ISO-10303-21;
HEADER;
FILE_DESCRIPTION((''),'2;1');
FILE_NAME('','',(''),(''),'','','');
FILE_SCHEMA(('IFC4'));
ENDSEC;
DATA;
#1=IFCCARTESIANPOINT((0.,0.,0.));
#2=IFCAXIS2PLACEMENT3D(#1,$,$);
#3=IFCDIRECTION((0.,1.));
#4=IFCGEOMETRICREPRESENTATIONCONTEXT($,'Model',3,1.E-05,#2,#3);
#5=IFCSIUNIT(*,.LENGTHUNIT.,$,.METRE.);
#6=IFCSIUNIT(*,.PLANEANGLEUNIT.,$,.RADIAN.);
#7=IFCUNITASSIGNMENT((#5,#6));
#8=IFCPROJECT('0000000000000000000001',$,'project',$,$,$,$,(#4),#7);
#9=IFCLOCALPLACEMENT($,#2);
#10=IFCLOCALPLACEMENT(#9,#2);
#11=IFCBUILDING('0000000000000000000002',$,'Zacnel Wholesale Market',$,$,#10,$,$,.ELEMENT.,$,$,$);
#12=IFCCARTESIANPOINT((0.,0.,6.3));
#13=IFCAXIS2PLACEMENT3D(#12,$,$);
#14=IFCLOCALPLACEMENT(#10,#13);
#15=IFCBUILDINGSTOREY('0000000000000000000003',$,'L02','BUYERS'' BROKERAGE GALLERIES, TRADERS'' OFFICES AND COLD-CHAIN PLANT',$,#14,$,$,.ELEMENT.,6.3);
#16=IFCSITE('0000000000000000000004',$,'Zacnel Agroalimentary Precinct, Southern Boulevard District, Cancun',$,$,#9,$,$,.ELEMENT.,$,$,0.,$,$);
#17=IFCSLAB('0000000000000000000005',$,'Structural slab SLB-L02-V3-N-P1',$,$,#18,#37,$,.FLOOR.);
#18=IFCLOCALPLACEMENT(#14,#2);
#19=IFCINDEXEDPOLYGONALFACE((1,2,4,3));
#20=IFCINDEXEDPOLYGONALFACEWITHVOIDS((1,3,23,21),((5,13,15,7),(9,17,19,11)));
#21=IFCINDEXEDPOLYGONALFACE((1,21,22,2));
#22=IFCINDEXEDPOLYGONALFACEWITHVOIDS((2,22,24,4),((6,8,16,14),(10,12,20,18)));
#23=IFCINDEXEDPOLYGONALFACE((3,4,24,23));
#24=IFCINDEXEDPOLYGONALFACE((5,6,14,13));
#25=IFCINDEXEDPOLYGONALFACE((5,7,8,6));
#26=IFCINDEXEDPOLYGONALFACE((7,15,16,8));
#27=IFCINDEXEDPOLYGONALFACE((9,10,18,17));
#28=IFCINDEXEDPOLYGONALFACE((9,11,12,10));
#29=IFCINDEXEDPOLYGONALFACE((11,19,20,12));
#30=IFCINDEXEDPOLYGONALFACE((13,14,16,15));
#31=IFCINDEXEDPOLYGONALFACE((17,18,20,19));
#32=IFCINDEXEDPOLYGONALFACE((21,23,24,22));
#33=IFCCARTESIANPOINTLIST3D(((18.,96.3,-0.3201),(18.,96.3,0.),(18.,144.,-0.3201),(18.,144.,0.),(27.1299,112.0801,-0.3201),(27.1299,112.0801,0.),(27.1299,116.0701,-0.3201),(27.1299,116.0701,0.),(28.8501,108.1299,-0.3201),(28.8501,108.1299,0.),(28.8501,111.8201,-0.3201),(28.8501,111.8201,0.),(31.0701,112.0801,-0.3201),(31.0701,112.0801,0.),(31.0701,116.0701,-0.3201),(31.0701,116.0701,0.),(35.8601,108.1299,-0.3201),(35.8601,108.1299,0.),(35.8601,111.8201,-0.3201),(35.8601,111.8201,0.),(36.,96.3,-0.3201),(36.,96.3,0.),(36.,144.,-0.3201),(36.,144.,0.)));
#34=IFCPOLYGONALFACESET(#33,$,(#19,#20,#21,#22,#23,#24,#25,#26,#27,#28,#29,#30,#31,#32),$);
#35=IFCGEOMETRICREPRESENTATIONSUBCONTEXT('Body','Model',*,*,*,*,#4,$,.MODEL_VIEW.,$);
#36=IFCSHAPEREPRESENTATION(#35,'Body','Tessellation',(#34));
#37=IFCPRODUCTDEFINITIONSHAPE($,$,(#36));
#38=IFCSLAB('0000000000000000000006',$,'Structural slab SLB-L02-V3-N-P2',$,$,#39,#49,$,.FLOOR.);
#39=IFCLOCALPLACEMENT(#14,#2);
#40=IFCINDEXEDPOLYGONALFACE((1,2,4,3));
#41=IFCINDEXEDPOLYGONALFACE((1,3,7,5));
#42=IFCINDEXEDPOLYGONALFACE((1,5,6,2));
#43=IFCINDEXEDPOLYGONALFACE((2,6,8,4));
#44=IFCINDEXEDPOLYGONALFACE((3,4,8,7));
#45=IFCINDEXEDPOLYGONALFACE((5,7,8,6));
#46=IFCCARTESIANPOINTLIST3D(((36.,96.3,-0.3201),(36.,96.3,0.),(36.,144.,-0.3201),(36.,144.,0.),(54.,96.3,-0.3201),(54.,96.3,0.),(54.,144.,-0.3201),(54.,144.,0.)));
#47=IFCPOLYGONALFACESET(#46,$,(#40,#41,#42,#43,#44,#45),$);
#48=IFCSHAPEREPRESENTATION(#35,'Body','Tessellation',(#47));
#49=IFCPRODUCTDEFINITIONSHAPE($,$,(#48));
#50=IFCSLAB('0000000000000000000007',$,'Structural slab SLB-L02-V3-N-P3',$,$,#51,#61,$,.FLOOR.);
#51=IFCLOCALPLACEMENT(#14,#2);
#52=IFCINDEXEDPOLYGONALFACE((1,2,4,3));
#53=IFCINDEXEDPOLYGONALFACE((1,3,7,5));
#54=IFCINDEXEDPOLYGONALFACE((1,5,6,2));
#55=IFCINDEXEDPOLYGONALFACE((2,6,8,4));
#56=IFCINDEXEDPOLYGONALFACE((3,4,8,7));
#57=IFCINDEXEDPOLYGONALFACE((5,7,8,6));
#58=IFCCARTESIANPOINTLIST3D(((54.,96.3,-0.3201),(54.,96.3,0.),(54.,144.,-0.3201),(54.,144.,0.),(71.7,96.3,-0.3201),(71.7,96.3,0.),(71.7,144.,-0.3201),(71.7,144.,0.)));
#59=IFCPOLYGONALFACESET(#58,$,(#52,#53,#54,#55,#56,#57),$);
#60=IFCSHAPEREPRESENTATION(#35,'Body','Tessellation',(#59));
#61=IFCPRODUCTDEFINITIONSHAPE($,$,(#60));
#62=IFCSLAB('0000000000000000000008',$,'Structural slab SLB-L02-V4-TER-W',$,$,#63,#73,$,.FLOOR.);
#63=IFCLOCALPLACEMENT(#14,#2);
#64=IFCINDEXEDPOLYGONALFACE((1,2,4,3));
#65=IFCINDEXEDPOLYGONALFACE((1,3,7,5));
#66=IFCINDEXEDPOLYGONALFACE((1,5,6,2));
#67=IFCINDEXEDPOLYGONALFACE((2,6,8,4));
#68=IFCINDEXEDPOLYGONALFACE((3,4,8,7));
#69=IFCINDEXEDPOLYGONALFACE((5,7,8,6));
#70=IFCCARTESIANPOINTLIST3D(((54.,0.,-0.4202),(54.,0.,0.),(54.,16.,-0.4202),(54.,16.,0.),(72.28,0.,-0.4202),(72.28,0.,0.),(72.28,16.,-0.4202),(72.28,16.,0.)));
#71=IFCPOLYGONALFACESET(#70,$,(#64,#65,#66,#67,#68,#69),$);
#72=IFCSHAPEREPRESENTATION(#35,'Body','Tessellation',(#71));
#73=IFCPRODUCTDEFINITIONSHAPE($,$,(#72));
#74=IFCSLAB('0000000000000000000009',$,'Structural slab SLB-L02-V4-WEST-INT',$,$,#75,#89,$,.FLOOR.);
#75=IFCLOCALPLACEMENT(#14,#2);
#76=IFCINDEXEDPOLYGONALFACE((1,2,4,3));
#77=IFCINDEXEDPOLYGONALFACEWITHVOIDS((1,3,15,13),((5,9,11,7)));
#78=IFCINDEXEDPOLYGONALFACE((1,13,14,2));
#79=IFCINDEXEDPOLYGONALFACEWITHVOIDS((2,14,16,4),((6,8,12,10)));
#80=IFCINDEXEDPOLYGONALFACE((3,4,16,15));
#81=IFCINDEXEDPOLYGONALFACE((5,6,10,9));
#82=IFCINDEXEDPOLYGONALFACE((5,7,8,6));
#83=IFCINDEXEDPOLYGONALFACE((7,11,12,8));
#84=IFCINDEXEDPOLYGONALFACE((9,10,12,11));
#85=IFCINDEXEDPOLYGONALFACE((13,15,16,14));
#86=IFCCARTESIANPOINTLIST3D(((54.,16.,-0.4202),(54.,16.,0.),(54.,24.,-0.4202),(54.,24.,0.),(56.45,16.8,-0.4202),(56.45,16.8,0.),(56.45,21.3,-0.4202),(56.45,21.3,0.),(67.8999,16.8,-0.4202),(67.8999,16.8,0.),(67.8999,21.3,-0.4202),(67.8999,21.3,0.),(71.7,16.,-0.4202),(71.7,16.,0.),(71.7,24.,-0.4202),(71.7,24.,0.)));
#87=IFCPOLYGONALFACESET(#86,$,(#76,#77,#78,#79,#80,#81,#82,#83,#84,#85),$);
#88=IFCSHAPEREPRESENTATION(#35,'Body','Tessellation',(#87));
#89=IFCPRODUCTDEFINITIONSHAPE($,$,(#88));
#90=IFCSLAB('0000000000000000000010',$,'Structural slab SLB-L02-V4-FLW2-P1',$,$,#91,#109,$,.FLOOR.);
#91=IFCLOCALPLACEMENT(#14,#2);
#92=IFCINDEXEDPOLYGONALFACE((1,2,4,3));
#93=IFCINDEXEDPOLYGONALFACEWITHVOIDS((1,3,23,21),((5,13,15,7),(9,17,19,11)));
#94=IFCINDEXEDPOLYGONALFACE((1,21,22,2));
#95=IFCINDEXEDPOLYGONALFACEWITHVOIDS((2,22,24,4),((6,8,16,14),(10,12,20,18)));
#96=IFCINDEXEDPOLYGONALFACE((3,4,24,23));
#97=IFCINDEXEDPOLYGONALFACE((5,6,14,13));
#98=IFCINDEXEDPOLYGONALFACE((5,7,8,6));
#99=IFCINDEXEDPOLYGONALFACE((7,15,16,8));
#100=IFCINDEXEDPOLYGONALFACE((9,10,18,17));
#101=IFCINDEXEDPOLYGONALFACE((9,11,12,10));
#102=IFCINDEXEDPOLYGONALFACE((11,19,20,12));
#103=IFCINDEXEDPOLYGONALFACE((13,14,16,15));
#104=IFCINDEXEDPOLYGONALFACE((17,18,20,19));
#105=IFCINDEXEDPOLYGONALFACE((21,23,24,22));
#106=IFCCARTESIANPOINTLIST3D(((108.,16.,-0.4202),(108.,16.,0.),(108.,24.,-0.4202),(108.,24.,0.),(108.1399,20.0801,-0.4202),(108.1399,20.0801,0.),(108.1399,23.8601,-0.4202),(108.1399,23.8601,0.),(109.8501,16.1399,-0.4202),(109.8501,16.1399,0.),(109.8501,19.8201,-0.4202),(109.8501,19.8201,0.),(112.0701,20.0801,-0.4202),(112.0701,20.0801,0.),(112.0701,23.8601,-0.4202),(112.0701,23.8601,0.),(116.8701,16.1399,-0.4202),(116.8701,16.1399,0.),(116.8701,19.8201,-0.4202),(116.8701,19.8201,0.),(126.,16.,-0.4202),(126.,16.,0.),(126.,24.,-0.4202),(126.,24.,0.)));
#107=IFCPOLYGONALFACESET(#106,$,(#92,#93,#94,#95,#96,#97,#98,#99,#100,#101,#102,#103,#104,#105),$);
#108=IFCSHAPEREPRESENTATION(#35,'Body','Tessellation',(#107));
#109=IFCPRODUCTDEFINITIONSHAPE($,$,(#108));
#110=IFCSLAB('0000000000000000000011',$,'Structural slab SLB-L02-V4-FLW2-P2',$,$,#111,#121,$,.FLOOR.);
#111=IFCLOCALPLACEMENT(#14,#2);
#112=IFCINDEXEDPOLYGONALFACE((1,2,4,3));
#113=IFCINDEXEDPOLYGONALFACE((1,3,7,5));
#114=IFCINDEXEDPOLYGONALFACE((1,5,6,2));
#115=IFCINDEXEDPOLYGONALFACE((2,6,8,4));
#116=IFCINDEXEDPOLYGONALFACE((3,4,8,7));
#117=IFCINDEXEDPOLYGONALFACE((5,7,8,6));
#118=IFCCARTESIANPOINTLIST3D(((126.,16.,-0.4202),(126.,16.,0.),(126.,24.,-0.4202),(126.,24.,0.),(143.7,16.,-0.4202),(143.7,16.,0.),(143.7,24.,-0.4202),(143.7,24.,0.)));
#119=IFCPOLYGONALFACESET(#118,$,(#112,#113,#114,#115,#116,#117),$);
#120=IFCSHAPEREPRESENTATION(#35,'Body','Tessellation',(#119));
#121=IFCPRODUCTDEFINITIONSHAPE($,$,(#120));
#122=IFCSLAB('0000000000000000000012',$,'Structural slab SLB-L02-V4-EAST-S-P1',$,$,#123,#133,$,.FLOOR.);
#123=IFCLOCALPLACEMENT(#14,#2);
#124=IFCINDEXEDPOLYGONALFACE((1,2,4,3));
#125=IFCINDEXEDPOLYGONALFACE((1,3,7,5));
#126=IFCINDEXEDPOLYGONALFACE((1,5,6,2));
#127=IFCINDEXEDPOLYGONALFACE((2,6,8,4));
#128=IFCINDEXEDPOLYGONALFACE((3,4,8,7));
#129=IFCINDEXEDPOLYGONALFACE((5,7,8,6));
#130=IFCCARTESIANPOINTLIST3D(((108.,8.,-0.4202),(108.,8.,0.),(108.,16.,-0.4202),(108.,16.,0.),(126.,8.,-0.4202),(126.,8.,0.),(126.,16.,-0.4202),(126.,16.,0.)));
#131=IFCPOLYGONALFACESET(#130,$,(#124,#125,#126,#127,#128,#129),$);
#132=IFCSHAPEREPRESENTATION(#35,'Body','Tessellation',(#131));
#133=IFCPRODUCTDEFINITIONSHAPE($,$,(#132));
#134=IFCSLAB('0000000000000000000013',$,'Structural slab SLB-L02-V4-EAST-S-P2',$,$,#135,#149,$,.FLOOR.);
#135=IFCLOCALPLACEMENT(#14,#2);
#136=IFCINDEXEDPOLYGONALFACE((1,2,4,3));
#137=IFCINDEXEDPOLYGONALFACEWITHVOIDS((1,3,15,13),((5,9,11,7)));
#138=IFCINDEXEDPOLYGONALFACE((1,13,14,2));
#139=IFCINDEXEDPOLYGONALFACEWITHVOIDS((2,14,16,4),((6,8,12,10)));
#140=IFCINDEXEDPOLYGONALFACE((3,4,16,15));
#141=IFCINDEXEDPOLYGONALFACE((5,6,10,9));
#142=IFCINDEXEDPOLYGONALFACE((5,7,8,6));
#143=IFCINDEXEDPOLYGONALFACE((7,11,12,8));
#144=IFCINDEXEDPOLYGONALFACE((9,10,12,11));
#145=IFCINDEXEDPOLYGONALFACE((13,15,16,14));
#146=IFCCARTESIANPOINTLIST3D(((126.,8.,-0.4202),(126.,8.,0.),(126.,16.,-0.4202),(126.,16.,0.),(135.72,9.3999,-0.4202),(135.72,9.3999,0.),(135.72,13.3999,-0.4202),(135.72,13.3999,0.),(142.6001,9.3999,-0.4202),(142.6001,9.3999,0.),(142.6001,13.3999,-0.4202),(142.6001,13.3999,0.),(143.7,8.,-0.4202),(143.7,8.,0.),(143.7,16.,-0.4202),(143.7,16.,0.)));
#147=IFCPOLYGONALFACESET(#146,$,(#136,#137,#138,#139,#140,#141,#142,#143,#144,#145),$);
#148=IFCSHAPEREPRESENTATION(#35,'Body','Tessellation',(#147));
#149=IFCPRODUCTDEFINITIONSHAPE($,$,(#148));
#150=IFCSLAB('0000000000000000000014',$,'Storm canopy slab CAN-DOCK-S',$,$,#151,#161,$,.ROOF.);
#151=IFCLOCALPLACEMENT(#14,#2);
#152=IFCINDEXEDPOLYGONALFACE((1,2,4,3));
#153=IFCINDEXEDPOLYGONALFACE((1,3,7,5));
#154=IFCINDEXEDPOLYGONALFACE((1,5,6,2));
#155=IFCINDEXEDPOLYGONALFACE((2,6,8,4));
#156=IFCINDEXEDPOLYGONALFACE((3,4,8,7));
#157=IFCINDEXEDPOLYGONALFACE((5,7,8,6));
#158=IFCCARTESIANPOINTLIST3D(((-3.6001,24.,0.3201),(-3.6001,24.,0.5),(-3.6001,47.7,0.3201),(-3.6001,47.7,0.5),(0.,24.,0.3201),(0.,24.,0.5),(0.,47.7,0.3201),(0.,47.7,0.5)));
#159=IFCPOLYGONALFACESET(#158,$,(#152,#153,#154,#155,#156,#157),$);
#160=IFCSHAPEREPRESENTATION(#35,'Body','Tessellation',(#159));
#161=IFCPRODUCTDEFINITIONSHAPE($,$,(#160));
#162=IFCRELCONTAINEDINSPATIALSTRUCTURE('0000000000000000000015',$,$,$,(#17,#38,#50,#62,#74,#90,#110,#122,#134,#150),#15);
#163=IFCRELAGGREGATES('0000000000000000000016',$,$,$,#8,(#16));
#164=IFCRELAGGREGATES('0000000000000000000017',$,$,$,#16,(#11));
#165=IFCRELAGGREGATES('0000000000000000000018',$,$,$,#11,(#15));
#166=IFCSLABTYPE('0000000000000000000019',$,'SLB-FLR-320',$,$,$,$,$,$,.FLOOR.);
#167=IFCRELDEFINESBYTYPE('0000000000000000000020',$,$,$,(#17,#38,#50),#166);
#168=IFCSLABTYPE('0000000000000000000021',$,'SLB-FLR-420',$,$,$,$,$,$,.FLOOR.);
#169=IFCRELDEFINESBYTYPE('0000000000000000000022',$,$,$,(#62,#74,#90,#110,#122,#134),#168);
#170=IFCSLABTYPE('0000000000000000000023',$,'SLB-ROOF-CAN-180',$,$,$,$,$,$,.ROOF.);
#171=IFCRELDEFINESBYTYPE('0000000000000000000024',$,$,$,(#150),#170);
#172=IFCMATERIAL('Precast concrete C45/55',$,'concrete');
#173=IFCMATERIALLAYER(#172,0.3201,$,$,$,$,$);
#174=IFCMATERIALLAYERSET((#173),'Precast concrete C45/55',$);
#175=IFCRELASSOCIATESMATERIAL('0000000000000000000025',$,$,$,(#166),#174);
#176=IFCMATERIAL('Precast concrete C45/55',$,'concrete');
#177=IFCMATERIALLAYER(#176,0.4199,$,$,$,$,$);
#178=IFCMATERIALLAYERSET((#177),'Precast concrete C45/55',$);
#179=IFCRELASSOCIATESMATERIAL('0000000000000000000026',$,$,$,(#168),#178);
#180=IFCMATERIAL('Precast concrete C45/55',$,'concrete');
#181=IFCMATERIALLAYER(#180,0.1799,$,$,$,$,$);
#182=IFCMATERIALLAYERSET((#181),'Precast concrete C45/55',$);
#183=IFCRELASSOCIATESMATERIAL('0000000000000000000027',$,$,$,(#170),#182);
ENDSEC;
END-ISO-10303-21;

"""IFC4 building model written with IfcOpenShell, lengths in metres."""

from ifc_helpers import new_model, si_unit, direction, frame, origin, place, context, subcontext, project, spatial, polyline, outline, extrude, material, layer, layer_set, type_object, element, save


model = new_model("IFC4")

# Units and contexts
model_context = context("Model", 3, precision=1e-05, world=origin(), true_north=direction((0.0, 1.0)))
body_context = subcontext(model_context, "Body", "Model", "MODEL_VIEW")
ifc_project = project(units=[si_unit("LENGTHUNIT", "METRE"), si_unit("PLANEANGLEUNIT", "RADIAN")], contexts=[model_context])

# Site, building, storey
site_placement = place(None, origin())
site = spatial("IfcSite", under=ifc_project, at=site_placement, Name="Zacnel Agroalimentary Precinct, Southern Boulevard District, Cancun", CompositionType="ELEMENT", RefElevation=0.0)
building_placement = place(site_placement, origin())
building = spatial("IfcBuilding", under=site, at=building_placement, Name="Zacnel Wholesale Market", CompositionType="ELEMENT")
storey_placement = place(building_placement, frame((0.0, 0.0, 6.3)))
storey = spatial("IfcBuildingStorey", under=building, at=storey_placement, Name="L02", Description="BUYERS' BROKERAGE GALLERIES, TRADERS' OFFICES AND COLD-CHAIN PLANT", CompositionType="ELEMENT", Elevation=6.3)

# Slabs
ifc_material_1 = material(Name="Precast concrete C45/55", Category="concrete")
ifc_layer_1 = layer(ifc_material_1, 0.3201)
ifc_layer_set_1 = layer_set([ifc_layer_1], Name="Precast concrete C45/55")
slab_type_1 = type_object("IfcSlabType", Name="SLB-FLR-320", PredefinedType="FLOOR", material=ifc_layer_set_1)
slab_1_placement = place(storey_placement, frame((0.0, 0.0, -0.3201)))
element("IfcSlab", 1, at=slab_1_placement, inside=storey, type_object=slab_type_1, Name="Structural slab SLB-L02-V3-N-P1", PredefinedType="FLOOR", context=body_context, shape_type="SweptSolid", body=[
    extrude(outline(polyline([(36.0, 144.0), (36.0, 96.3), (18.0, 96.3), (18.0, 144.0), (36.0, 144.0)]), holes=[polyline([(28.8501, 108.1299), (35.8601, 108.1299), (35.8601, 111.8201), (28.8501, 111.8201), (28.8501, 108.1299)]), polyline([(27.1299, 112.0801), (31.0701, 112.0801), (31.0701, 116.0701), (27.1299, 116.0701), (27.1299, 112.0801)])]), origin(), (0.0, 0.0, 1.0), 0.3201),
])
slab_2_placement = place(storey_placement, frame((0.0, 0.0, -0.3201)))
element("IfcSlab", 2, at=slab_2_placement, inside=storey, type_object=slab_type_1, Name="Structural slab SLB-L02-V3-N-P2", PredefinedType="FLOOR", context=body_context, shape_type="SweptSolid", body=[
    extrude(outline(polyline([(54.0, 144.0), (54.0, 96.3), (36.0, 96.3), (36.0, 144.0), (54.0, 144.0)])), origin(), (0.0, 0.0, 1.0), 0.3201),
])
slab_3_placement = place(storey_placement, frame((0.0, 0.0, -0.3201)))
element("IfcSlab", 3, at=slab_3_placement, inside=storey, type_object=slab_type_1, Name="Structural slab SLB-L02-V3-N-P3", PredefinedType="FLOOR", context=body_context, shape_type="SweptSolid", body=[
    extrude(outline(polyline([(71.7, 96.3), (54.0, 96.3), (54.0, 144.0), (71.7, 144.0), (71.7, 96.3)])), origin(), (0.0, 0.0, 1.0), 0.3201),
])
ifc_material_2 = material(Name="Precast concrete C45/55", Category="concrete")
ifc_layer_2 = layer(ifc_material_2, 0.4199)
ifc_layer_set_2 = layer_set([ifc_layer_2], Name="Precast concrete C45/55")
slab_type_2 = type_object("IfcSlabType", Name="SLB-FLR-420", PredefinedType="FLOOR", material=ifc_layer_set_2)
slab_4_placement = place(storey_placement, frame((0.0, 0.0, -0.4202)))
element("IfcSlab", 4, at=slab_4_placement, inside=storey, type_object=slab_type_2, Name="Structural slab SLB-L02-V4-TER-W", PredefinedType="FLOOR", context=body_context, shape_type="SweptSolid", body=[
    extrude(outline(polyline([(72.28, 0.0), (72.28, 16.0), (54.0, 16.0), (54.0, 0.0), (72.28, 0.0)])), origin(), (0.0, 0.0, 1.0), 0.4202),
])
slab_5_placement = place(storey_placement, frame((0.0, 0.0, -0.4202)))
element("IfcSlab", 5, at=slab_5_placement, inside=storey, type_object=slab_type_2, Name="Structural slab SLB-L02-V4-WEST-INT", PredefinedType="FLOOR", context=body_context, shape_type="SweptSolid", body=[
    extrude(outline(polyline([(71.7, 16.0), (71.7, 24.0), (54.0, 24.0), (54.0, 16.0), (71.7, 16.0)]), holes=[polyline([(56.45, 16.8), (67.8999, 16.8), (67.8999, 21.3), (56.45, 21.3), (56.45, 16.8)])]), origin(), (0.0, 0.0, 1.0), 0.4202),
])
slab_6_placement = place(storey_placement, frame((0.0, 0.0, -0.4202)))
element("IfcSlab", 6, at=slab_6_placement, inside=storey, type_object=slab_type_2, Name="Structural slab SLB-L02-V4-FLW2-P1", PredefinedType="FLOOR", context=body_context, shape_type="SweptSolid", body=[
    extrude(outline(polyline([(126.0, 24.0), (126.0, 16.0), (108.0, 16.0), (108.0, 24.0), (126.0, 24.0)]), holes=[polyline([(109.8501, 16.1399), (116.8701, 16.1399), (116.8701, 19.8201), (109.8501, 19.8201), (109.8501, 16.1399)]), polyline([(108.1399, 20.0801), (112.0701, 20.0801), (112.0701, 23.8601), (108.1399, 23.8601), (108.1399, 20.0801)])]), origin(), (0.0, 0.0, 1.0), 0.4202),
])
slab_7_placement = place(storey_placement, frame((0.0, 0.0, -0.4202)))
element("IfcSlab", 7, at=slab_7_placement, inside=storey, type_object=slab_type_2, Name="Structural slab SLB-L02-V4-FLW2-P2", PredefinedType="FLOOR", context=body_context, shape_type="SweptSolid", body=[
    extrude(outline(polyline([(143.7, 16.0), (126.0, 16.0), (126.0, 24.0), (143.7, 24.0), (143.7, 16.0)])), origin(), (0.0, 0.0, 1.0), 0.4202),
])
slab_8_placement = place(storey_placement, frame((0.0, 0.0, -0.4202)))
element("IfcSlab", 8, at=slab_8_placement, inside=storey, type_object=slab_type_2, Name="Structural slab SLB-L02-V4-EAST-S-P1", PredefinedType="FLOOR", context=body_context, shape_type="SweptSolid", body=[
    extrude(outline(polyline([(126.0, 16.0), (126.0, 8.0), (108.0, 8.0), (108.0, 16.0), (126.0, 16.0)])), origin(), (0.0, 0.0, 1.0), 0.4202),
])
slab_9_placement = place(storey_placement, frame((0.0, 0.0, -0.4202)))
element("IfcSlab", 9, at=slab_9_placement, inside=storey, type_object=slab_type_2, Name="Structural slab SLB-L02-V4-EAST-S-P2", PredefinedType="FLOOR", context=body_context, shape_type="SweptSolid", body=[
    extrude(outline(polyline([(143.7, 8.0), (126.0, 8.0), (126.0, 16.0), (143.7, 16.0), (143.7, 8.0)]), holes=[polyline([(135.72, 9.3999), (142.6001, 9.3999), (142.6001, 13.3999), (135.72, 13.3999), (135.72, 9.3999)])]), origin(), (0.0, 0.0, 1.0), 0.4202),
])
ifc_material_3 = material(Name="Precast concrete C45/55", Category="concrete")
ifc_layer_3 = layer(ifc_material_3, 0.1799)
ifc_layer_set_3 = layer_set([ifc_layer_3], Name="Precast concrete C45/55")
slab_type_3 = type_object("IfcSlabType", Name="SLB-ROOF-CAN-180", PredefinedType="ROOF", material=ifc_layer_set_3)
slab_10_placement = place(storey_placement, frame((0.0, 0.0, 0.3201)))
element("IfcSlab", 10, at=slab_10_placement, inside=storey, type_object=slab_type_3, Name="Storm canopy slab CAN-DOCK-S", PredefinedType="ROOF", context=body_context, shape_type="SweptSolid", body=[
    extrude(outline(polyline([(-3.6001, 24.0), (0.0, 24.0), (0.0, 47.7), (-3.6001, 47.7), (-3.6001, 24.0)])), origin(), (0.0, 0.0, 1.0), 0.1799),
])

save(model, "model.ifc")
